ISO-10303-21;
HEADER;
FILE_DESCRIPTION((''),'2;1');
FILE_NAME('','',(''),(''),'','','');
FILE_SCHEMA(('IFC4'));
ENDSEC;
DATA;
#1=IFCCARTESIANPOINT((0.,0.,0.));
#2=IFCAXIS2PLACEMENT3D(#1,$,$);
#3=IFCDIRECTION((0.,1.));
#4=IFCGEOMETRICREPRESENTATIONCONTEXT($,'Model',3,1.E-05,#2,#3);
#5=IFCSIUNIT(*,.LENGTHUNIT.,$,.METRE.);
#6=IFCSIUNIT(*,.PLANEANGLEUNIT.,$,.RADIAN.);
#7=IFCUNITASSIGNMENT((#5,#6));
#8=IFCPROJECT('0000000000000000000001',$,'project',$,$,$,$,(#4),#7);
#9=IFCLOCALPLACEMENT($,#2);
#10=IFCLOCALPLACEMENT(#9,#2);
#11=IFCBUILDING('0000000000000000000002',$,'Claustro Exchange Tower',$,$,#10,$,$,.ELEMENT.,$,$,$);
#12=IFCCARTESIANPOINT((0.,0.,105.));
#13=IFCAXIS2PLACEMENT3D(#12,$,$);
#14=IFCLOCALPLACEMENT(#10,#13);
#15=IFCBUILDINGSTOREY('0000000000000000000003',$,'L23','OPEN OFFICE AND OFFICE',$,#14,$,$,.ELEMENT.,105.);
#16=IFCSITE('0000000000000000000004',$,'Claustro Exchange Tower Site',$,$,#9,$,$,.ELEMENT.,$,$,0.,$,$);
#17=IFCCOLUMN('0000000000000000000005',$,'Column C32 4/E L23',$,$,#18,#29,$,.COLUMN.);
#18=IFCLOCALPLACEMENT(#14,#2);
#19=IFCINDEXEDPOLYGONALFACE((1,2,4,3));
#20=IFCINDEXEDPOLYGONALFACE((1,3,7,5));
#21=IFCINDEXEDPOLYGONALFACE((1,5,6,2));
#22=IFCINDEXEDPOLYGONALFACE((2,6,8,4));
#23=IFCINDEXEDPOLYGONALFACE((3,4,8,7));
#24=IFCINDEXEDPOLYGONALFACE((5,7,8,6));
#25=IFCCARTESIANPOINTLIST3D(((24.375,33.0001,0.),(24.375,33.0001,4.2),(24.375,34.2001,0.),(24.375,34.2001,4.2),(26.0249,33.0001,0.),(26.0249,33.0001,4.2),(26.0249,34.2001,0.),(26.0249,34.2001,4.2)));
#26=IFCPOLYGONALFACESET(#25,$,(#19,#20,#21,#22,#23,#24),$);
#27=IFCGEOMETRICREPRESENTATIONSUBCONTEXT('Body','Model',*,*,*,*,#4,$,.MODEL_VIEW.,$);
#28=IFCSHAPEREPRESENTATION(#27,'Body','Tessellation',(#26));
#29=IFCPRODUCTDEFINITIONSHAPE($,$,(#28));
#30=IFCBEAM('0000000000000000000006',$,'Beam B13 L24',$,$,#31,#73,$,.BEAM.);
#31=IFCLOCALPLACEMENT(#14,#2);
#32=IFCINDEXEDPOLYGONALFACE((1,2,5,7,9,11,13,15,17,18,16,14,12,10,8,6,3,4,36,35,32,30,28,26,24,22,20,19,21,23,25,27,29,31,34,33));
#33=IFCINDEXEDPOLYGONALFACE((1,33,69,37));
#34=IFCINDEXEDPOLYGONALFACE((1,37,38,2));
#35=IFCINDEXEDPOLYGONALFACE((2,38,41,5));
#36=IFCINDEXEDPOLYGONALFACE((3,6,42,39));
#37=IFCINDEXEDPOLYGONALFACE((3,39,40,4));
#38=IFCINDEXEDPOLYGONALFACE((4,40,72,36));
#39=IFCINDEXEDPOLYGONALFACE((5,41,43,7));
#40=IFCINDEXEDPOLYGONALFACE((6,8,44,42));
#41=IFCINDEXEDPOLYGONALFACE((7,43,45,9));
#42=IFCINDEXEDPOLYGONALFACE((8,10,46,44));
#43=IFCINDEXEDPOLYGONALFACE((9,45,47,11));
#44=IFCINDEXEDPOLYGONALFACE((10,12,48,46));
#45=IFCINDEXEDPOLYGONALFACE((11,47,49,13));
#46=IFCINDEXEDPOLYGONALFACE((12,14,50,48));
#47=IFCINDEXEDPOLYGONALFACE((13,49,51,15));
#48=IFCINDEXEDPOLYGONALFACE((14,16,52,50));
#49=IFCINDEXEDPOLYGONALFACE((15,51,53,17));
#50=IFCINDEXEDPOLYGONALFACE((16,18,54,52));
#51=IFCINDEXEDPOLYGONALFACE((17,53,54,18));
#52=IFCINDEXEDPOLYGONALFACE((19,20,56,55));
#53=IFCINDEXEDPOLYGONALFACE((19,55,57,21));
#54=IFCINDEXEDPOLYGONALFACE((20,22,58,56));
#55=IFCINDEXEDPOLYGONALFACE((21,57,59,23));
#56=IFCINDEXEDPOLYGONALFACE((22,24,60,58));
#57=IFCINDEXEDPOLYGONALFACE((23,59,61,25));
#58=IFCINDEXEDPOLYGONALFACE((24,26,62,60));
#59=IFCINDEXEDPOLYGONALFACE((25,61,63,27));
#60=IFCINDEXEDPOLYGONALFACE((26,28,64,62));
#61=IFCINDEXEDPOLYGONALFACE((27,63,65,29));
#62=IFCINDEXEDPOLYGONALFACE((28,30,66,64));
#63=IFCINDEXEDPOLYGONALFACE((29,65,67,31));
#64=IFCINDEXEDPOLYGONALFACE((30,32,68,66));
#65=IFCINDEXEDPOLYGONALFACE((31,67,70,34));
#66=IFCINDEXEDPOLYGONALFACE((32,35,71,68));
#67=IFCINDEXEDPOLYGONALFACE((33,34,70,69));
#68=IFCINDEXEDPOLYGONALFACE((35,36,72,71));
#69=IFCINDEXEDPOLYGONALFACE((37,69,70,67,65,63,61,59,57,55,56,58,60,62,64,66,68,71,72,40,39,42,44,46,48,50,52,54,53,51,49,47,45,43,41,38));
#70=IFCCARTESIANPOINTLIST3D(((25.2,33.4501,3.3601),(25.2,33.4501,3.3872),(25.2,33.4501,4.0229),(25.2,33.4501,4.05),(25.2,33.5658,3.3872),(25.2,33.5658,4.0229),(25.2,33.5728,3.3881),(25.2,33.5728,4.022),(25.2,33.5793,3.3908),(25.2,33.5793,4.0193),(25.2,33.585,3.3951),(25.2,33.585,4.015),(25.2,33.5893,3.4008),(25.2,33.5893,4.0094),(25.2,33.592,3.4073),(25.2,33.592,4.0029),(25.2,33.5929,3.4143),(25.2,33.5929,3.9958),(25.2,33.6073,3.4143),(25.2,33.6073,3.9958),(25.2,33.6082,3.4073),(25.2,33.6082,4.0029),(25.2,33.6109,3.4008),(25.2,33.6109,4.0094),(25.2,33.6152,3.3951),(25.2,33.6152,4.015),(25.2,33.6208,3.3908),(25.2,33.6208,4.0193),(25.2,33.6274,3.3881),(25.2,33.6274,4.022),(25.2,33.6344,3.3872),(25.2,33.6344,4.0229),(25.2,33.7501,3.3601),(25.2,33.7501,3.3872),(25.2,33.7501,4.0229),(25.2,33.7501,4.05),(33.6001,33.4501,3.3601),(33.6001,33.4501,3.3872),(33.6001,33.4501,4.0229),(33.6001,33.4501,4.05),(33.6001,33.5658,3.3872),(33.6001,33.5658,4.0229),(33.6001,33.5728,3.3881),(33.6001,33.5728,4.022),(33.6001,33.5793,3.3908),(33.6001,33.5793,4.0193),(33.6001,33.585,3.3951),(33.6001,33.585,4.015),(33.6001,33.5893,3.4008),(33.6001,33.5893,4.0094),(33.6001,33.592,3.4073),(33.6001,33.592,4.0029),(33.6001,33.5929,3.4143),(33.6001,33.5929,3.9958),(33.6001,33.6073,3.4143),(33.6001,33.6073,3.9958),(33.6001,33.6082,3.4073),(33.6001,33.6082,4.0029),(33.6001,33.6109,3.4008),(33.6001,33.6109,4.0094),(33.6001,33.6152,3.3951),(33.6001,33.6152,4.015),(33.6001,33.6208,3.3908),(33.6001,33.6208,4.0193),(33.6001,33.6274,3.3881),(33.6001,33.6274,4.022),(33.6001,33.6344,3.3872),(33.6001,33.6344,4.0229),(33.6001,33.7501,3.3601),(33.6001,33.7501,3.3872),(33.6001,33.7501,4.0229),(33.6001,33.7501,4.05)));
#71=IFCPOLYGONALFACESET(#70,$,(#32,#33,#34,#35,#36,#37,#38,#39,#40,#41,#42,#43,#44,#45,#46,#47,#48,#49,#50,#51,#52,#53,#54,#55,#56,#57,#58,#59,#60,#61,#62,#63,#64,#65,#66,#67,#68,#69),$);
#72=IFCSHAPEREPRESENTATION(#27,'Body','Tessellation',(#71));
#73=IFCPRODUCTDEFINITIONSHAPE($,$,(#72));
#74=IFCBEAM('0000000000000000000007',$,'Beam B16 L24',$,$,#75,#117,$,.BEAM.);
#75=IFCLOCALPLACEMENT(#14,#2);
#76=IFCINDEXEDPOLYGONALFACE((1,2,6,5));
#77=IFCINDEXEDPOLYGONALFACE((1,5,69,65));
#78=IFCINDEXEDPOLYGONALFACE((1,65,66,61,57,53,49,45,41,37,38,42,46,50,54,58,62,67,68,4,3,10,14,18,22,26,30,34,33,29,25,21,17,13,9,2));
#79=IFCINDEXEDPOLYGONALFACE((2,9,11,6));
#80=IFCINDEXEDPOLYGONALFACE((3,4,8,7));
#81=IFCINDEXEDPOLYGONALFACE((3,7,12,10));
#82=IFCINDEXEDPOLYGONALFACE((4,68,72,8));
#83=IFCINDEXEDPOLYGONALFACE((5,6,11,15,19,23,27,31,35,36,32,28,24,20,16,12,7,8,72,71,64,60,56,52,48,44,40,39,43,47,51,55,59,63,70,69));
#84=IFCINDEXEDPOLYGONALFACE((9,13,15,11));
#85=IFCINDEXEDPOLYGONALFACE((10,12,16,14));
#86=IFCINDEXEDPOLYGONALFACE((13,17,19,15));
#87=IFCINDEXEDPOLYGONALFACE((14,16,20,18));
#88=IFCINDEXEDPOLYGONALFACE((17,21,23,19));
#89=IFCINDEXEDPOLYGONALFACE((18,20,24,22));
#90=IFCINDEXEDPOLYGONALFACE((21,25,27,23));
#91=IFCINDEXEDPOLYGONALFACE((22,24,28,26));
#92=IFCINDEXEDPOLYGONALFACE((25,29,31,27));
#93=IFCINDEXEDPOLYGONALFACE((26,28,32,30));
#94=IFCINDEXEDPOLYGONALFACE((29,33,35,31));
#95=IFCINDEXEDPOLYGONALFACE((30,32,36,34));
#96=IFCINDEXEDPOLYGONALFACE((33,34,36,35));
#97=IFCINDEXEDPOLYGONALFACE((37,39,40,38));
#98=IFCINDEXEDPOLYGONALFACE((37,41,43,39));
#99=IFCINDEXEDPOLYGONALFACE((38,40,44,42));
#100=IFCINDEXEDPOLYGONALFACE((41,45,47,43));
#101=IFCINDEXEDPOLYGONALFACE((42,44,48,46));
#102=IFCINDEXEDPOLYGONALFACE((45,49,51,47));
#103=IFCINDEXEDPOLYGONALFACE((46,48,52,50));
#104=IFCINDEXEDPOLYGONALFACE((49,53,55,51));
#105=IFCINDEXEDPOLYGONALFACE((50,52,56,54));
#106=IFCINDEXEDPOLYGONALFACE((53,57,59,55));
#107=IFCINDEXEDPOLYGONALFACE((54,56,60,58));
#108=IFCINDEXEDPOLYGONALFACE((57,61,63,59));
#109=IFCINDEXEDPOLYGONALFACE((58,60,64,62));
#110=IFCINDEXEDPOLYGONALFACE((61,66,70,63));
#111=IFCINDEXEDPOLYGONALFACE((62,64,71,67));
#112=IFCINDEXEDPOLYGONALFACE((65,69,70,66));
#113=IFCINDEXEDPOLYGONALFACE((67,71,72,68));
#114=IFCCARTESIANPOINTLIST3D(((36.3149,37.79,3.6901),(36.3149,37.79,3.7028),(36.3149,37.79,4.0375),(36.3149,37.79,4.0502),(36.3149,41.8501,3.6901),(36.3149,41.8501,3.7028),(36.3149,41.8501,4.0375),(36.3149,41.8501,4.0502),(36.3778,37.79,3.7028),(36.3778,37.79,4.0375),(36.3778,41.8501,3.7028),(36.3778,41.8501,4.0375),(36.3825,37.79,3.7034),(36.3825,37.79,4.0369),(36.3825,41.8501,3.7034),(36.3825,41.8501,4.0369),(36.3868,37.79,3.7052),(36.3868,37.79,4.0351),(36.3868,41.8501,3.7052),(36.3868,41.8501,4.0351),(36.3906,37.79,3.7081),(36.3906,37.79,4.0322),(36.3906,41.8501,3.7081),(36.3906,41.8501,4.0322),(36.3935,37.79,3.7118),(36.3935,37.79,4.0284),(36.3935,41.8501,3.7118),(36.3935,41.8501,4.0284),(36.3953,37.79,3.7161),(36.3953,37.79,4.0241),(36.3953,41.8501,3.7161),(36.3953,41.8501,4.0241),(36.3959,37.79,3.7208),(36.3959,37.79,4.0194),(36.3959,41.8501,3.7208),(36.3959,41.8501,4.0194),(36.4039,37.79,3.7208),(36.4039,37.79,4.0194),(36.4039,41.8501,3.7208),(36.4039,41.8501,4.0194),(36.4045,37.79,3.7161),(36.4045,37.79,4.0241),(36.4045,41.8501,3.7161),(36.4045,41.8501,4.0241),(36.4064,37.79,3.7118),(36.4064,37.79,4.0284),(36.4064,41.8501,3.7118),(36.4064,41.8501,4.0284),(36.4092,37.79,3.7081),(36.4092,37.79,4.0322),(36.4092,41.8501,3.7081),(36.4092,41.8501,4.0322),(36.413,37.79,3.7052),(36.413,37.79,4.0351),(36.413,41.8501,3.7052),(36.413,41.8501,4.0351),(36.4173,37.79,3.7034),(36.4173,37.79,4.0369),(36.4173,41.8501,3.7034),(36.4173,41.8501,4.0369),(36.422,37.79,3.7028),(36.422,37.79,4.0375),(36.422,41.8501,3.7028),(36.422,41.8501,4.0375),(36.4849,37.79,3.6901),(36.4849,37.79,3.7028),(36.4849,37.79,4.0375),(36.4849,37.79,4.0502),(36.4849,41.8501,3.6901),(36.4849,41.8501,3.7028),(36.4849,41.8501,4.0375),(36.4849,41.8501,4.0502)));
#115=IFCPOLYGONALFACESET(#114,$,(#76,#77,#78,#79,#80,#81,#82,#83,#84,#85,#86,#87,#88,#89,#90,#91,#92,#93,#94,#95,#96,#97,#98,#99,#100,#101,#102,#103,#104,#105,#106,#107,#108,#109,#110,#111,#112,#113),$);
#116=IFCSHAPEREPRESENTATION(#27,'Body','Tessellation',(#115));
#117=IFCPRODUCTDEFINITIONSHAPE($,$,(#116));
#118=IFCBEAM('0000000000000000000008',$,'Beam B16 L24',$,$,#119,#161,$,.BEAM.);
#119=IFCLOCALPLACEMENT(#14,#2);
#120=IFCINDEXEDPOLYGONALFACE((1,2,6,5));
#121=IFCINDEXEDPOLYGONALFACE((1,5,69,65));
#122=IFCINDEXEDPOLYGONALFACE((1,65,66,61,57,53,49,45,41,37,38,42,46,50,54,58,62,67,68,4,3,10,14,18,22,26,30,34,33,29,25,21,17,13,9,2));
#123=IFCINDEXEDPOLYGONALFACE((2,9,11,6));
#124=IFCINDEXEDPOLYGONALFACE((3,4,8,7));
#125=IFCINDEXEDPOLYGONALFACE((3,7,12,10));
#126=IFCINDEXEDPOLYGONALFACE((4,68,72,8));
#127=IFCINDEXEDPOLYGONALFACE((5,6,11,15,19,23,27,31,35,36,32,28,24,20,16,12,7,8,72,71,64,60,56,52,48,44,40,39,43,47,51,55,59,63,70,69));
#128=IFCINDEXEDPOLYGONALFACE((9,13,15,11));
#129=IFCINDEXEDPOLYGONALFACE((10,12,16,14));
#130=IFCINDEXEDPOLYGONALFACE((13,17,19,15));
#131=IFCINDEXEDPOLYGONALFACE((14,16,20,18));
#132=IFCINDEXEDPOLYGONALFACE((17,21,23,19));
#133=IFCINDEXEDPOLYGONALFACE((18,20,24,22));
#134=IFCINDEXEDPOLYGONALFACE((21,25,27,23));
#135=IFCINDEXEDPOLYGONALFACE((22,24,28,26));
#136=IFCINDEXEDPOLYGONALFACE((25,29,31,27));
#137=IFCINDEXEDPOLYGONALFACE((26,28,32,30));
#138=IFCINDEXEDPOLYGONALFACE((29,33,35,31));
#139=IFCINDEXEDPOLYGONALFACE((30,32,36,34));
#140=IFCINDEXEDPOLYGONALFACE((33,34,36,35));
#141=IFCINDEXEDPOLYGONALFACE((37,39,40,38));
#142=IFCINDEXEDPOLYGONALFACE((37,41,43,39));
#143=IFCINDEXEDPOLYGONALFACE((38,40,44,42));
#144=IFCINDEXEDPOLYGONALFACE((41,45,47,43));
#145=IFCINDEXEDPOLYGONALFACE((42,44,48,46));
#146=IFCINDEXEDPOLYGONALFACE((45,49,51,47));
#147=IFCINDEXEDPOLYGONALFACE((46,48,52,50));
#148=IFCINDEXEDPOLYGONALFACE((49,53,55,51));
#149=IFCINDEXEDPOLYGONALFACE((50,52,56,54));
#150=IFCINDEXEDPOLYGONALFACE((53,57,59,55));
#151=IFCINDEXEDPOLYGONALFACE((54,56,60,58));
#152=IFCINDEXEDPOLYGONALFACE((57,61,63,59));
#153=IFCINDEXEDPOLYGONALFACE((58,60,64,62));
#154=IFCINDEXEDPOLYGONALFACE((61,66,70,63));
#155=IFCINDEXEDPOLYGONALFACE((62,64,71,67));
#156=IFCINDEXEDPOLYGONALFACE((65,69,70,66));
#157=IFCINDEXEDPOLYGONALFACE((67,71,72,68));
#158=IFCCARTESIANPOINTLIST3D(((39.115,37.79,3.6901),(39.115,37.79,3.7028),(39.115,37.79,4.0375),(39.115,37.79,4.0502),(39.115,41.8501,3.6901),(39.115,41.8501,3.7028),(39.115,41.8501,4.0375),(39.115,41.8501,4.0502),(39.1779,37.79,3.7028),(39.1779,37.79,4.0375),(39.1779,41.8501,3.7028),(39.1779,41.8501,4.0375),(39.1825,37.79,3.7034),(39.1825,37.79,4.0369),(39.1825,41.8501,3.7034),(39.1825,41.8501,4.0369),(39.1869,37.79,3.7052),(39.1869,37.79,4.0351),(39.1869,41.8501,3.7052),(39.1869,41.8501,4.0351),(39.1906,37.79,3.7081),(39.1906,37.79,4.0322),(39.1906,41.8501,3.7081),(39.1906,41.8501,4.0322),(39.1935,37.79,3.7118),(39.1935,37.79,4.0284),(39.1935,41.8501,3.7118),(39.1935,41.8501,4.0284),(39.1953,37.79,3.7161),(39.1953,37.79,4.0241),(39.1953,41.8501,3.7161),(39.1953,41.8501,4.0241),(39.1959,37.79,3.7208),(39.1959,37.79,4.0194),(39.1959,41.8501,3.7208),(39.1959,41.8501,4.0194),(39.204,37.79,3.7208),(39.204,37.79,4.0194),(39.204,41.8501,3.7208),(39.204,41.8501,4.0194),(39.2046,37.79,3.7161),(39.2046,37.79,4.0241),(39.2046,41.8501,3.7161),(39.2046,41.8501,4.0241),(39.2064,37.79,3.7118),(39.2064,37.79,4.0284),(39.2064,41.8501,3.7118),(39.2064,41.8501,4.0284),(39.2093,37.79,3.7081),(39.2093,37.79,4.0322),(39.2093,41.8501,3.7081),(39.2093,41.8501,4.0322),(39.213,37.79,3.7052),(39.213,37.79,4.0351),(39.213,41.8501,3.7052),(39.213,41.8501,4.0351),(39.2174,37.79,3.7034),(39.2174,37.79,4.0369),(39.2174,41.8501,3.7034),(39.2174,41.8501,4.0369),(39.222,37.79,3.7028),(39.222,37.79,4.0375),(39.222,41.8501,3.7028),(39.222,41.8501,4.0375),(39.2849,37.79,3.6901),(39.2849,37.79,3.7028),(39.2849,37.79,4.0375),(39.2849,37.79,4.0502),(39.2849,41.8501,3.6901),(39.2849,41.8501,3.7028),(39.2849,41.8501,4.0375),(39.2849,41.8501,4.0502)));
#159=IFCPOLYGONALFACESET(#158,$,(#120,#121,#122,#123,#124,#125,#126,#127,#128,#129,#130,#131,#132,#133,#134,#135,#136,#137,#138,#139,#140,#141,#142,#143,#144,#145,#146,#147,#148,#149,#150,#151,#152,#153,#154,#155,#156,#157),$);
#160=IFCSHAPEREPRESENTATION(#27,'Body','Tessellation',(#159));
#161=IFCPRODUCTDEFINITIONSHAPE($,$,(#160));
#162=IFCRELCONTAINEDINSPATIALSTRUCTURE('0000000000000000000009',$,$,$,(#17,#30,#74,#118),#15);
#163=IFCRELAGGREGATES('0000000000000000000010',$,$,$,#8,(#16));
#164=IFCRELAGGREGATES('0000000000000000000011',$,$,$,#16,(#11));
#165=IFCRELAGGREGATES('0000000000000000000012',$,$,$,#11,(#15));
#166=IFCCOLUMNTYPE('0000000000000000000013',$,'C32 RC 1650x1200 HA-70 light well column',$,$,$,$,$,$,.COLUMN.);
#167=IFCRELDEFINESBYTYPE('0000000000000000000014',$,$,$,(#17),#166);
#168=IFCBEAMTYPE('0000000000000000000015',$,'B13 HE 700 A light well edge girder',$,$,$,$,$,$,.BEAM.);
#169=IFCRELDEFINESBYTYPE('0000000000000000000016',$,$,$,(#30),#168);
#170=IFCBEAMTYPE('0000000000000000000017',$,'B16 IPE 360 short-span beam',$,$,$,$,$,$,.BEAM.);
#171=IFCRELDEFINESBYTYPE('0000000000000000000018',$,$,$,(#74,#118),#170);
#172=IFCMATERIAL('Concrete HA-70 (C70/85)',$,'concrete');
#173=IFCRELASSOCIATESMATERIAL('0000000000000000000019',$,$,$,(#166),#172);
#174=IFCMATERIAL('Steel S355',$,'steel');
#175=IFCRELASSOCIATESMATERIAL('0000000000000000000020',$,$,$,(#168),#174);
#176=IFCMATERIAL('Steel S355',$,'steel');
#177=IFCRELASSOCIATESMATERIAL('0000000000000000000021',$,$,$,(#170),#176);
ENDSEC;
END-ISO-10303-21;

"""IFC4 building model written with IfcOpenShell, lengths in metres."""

from ifc_helpers import new_model, si_unit, direction, frame, origin, origin_2d, place, context, subcontext, project, spatial, rectangle, i_section, extrude, material, material_profile, profile_set, type_object, element, save


model = new_model("IFC4")

# Units and contexts
model_context = context("Model", 3, precision=1e-05, world=origin(), true_north=direction((0.0, 1.0)))
body_context = subcontext(model_context, "Body", "Model", "MODEL_VIEW")
ifc_project = project(units=[si_unit("LENGTHUNIT", "METRE"), si_unit("PLANEANGLEUNIT", "RADIAN")], contexts=[model_context])

# Site, building, storey
site_placement = place(None, origin())
site = spatial("IfcSite", under=ifc_project, at=site_placement, Name="Claustro Exchange Tower Site", CompositionType="ELEMENT", RefElevation=0.0)
building_placement = place(site_placement, origin())
building = spatial("IfcBuilding", under=site, at=building_placement, Name="Claustro Exchange Tower", CompositionType="ELEMENT")
storey_placement = place(building_placement, frame((0.0, 0.0, 105.0)))
storey = spatial("IfcBuildingStorey", under=building, at=storey_placement, Name="L23", Description="OPEN OFFICE AND OFFICE", CompositionType="ELEMENT", Elevation=105.0)

# Column
ifc_material_1 = material(Name="Concrete HA-70 (C70/85)", Category="concrete")
ifc_material_profile_1 = material_profile(ifc_material_1, rectangle(XDim=1.6499, YDim=1.2, at=origin_2d()), Name="RC 1650x1200")
ifc_profile_set_1 = profile_set([ifc_material_profile_1], Name="Concrete HA-70 (C70/85)")
column_type = type_object("IfcColumnType", Name="C32 RC 1650x1200 HA-70 light well column", PredefinedType="COLUMN", material=ifc_profile_set_1)
column_placement = place(storey_placement, frame((25.2, 33.6001, 0.0), z_axis=(0.0, 0.0, 1.0), x_axis=(1.0, 0.0, 0.0)))
element("IfcColumn", 1, at=column_placement, inside=storey, type_object=column_type, Name="Column C32 4/E L23", PredefinedType="COLUMN", context=body_context, shape_type="SweptSolid", body=[
    extrude(rectangle(XDim=1.6499, YDim=1.2, at=origin_2d()), origin(), (0.0, 0.0, 1.0), 4.2),
])

# Beams
ifc_material_2 = material(Name="Steel S355", Category="steel")
ifc_material_profile_2 = material_profile(ifc_material_2, i_section(OverallWidth=0.3, OverallDepth=0.6899, WebThickness=0.0144, FlangeThickness=0.0271, FilletRadius=0.0271, at=origin_2d()), Name="HE 700 A")
ifc_profile_set_2 = profile_set([ifc_material_profile_2], Name="Steel S355")
beam_type_1 = type_object("IfcBeamType", Name="B13 HE 700 A light well edge girder", PredefinedType="BEAM", material=ifc_profile_set_2)
beam_1_placement = place(storey_placement, frame((25.2, 33.6001, 3.7051), z_axis=(1.0, 0.0, 0.0), x_axis=(0.0, 1.0, 0.0)))
element("IfcBeam", 2, at=beam_1_placement, inside=storey, type_object=beam_type_1, Name="Beam B13 L24", PredefinedType="BEAM", context=body_context, shape_type="SweptSolid", body=[
    extrude(i_section(OverallWidth=0.3, OverallDepth=0.6899, WebThickness=0.0144, FlangeThickness=0.0271, FilletRadius=0.0271, at=origin_2d()), origin(), (0.0, 0.0, 1.0), 8.4001),
])
ifc_material_3 = material(Name="Steel S355", Category="steel")
ifc_material_profile_3 = material_profile(ifc_material_3, i_section(OverallWidth=0.1699, OverallDepth=0.3601, WebThickness=0.0081, FlangeThickness=0.0127, FilletRadius=0.0181, at=origin_2d()), Name="IPE 360")
ifc_profile_set_3 = profile_set([ifc_material_profile_3], Name="Steel S355")
beam_type_2 = type_object("IfcBeamType", Name="B16 IPE 360 short-span beam", PredefinedType="BEAM", material=ifc_profile_set_3)
for number, where, z_axis, x_axis, name in (
    (3, (36.3999, 37.79, 3.8701), (0.0, 1.0, 0.0), (-1.0, 0.0, 0.0), "Beam B16 L24"),
    (4, (39.2, 37.79, 3.8701), (0.0, 1.0, 0.0), (-1.0, 0.0, 0.0), "Beam B16 L24"),
):
    element("IfcBeam", number, at=place(storey_placement, frame(where, z_axis=z_axis, x_axis=x_axis)), inside=storey, type_object=beam_type_2, Name=name, PredefinedType="BEAM", context=body_context, shape_type="SweptSolid", body=[
        extrude(i_section(OverallWidth=0.1699, OverallDepth=0.3601, WebThickness=0.0081, FlangeThickness=0.0127, FilletRadius=0.0181, at=origin_2d()), origin(), (0.0, 0.0, 1.0), 4.0601),
    ])

save(model, "model.ifc")
